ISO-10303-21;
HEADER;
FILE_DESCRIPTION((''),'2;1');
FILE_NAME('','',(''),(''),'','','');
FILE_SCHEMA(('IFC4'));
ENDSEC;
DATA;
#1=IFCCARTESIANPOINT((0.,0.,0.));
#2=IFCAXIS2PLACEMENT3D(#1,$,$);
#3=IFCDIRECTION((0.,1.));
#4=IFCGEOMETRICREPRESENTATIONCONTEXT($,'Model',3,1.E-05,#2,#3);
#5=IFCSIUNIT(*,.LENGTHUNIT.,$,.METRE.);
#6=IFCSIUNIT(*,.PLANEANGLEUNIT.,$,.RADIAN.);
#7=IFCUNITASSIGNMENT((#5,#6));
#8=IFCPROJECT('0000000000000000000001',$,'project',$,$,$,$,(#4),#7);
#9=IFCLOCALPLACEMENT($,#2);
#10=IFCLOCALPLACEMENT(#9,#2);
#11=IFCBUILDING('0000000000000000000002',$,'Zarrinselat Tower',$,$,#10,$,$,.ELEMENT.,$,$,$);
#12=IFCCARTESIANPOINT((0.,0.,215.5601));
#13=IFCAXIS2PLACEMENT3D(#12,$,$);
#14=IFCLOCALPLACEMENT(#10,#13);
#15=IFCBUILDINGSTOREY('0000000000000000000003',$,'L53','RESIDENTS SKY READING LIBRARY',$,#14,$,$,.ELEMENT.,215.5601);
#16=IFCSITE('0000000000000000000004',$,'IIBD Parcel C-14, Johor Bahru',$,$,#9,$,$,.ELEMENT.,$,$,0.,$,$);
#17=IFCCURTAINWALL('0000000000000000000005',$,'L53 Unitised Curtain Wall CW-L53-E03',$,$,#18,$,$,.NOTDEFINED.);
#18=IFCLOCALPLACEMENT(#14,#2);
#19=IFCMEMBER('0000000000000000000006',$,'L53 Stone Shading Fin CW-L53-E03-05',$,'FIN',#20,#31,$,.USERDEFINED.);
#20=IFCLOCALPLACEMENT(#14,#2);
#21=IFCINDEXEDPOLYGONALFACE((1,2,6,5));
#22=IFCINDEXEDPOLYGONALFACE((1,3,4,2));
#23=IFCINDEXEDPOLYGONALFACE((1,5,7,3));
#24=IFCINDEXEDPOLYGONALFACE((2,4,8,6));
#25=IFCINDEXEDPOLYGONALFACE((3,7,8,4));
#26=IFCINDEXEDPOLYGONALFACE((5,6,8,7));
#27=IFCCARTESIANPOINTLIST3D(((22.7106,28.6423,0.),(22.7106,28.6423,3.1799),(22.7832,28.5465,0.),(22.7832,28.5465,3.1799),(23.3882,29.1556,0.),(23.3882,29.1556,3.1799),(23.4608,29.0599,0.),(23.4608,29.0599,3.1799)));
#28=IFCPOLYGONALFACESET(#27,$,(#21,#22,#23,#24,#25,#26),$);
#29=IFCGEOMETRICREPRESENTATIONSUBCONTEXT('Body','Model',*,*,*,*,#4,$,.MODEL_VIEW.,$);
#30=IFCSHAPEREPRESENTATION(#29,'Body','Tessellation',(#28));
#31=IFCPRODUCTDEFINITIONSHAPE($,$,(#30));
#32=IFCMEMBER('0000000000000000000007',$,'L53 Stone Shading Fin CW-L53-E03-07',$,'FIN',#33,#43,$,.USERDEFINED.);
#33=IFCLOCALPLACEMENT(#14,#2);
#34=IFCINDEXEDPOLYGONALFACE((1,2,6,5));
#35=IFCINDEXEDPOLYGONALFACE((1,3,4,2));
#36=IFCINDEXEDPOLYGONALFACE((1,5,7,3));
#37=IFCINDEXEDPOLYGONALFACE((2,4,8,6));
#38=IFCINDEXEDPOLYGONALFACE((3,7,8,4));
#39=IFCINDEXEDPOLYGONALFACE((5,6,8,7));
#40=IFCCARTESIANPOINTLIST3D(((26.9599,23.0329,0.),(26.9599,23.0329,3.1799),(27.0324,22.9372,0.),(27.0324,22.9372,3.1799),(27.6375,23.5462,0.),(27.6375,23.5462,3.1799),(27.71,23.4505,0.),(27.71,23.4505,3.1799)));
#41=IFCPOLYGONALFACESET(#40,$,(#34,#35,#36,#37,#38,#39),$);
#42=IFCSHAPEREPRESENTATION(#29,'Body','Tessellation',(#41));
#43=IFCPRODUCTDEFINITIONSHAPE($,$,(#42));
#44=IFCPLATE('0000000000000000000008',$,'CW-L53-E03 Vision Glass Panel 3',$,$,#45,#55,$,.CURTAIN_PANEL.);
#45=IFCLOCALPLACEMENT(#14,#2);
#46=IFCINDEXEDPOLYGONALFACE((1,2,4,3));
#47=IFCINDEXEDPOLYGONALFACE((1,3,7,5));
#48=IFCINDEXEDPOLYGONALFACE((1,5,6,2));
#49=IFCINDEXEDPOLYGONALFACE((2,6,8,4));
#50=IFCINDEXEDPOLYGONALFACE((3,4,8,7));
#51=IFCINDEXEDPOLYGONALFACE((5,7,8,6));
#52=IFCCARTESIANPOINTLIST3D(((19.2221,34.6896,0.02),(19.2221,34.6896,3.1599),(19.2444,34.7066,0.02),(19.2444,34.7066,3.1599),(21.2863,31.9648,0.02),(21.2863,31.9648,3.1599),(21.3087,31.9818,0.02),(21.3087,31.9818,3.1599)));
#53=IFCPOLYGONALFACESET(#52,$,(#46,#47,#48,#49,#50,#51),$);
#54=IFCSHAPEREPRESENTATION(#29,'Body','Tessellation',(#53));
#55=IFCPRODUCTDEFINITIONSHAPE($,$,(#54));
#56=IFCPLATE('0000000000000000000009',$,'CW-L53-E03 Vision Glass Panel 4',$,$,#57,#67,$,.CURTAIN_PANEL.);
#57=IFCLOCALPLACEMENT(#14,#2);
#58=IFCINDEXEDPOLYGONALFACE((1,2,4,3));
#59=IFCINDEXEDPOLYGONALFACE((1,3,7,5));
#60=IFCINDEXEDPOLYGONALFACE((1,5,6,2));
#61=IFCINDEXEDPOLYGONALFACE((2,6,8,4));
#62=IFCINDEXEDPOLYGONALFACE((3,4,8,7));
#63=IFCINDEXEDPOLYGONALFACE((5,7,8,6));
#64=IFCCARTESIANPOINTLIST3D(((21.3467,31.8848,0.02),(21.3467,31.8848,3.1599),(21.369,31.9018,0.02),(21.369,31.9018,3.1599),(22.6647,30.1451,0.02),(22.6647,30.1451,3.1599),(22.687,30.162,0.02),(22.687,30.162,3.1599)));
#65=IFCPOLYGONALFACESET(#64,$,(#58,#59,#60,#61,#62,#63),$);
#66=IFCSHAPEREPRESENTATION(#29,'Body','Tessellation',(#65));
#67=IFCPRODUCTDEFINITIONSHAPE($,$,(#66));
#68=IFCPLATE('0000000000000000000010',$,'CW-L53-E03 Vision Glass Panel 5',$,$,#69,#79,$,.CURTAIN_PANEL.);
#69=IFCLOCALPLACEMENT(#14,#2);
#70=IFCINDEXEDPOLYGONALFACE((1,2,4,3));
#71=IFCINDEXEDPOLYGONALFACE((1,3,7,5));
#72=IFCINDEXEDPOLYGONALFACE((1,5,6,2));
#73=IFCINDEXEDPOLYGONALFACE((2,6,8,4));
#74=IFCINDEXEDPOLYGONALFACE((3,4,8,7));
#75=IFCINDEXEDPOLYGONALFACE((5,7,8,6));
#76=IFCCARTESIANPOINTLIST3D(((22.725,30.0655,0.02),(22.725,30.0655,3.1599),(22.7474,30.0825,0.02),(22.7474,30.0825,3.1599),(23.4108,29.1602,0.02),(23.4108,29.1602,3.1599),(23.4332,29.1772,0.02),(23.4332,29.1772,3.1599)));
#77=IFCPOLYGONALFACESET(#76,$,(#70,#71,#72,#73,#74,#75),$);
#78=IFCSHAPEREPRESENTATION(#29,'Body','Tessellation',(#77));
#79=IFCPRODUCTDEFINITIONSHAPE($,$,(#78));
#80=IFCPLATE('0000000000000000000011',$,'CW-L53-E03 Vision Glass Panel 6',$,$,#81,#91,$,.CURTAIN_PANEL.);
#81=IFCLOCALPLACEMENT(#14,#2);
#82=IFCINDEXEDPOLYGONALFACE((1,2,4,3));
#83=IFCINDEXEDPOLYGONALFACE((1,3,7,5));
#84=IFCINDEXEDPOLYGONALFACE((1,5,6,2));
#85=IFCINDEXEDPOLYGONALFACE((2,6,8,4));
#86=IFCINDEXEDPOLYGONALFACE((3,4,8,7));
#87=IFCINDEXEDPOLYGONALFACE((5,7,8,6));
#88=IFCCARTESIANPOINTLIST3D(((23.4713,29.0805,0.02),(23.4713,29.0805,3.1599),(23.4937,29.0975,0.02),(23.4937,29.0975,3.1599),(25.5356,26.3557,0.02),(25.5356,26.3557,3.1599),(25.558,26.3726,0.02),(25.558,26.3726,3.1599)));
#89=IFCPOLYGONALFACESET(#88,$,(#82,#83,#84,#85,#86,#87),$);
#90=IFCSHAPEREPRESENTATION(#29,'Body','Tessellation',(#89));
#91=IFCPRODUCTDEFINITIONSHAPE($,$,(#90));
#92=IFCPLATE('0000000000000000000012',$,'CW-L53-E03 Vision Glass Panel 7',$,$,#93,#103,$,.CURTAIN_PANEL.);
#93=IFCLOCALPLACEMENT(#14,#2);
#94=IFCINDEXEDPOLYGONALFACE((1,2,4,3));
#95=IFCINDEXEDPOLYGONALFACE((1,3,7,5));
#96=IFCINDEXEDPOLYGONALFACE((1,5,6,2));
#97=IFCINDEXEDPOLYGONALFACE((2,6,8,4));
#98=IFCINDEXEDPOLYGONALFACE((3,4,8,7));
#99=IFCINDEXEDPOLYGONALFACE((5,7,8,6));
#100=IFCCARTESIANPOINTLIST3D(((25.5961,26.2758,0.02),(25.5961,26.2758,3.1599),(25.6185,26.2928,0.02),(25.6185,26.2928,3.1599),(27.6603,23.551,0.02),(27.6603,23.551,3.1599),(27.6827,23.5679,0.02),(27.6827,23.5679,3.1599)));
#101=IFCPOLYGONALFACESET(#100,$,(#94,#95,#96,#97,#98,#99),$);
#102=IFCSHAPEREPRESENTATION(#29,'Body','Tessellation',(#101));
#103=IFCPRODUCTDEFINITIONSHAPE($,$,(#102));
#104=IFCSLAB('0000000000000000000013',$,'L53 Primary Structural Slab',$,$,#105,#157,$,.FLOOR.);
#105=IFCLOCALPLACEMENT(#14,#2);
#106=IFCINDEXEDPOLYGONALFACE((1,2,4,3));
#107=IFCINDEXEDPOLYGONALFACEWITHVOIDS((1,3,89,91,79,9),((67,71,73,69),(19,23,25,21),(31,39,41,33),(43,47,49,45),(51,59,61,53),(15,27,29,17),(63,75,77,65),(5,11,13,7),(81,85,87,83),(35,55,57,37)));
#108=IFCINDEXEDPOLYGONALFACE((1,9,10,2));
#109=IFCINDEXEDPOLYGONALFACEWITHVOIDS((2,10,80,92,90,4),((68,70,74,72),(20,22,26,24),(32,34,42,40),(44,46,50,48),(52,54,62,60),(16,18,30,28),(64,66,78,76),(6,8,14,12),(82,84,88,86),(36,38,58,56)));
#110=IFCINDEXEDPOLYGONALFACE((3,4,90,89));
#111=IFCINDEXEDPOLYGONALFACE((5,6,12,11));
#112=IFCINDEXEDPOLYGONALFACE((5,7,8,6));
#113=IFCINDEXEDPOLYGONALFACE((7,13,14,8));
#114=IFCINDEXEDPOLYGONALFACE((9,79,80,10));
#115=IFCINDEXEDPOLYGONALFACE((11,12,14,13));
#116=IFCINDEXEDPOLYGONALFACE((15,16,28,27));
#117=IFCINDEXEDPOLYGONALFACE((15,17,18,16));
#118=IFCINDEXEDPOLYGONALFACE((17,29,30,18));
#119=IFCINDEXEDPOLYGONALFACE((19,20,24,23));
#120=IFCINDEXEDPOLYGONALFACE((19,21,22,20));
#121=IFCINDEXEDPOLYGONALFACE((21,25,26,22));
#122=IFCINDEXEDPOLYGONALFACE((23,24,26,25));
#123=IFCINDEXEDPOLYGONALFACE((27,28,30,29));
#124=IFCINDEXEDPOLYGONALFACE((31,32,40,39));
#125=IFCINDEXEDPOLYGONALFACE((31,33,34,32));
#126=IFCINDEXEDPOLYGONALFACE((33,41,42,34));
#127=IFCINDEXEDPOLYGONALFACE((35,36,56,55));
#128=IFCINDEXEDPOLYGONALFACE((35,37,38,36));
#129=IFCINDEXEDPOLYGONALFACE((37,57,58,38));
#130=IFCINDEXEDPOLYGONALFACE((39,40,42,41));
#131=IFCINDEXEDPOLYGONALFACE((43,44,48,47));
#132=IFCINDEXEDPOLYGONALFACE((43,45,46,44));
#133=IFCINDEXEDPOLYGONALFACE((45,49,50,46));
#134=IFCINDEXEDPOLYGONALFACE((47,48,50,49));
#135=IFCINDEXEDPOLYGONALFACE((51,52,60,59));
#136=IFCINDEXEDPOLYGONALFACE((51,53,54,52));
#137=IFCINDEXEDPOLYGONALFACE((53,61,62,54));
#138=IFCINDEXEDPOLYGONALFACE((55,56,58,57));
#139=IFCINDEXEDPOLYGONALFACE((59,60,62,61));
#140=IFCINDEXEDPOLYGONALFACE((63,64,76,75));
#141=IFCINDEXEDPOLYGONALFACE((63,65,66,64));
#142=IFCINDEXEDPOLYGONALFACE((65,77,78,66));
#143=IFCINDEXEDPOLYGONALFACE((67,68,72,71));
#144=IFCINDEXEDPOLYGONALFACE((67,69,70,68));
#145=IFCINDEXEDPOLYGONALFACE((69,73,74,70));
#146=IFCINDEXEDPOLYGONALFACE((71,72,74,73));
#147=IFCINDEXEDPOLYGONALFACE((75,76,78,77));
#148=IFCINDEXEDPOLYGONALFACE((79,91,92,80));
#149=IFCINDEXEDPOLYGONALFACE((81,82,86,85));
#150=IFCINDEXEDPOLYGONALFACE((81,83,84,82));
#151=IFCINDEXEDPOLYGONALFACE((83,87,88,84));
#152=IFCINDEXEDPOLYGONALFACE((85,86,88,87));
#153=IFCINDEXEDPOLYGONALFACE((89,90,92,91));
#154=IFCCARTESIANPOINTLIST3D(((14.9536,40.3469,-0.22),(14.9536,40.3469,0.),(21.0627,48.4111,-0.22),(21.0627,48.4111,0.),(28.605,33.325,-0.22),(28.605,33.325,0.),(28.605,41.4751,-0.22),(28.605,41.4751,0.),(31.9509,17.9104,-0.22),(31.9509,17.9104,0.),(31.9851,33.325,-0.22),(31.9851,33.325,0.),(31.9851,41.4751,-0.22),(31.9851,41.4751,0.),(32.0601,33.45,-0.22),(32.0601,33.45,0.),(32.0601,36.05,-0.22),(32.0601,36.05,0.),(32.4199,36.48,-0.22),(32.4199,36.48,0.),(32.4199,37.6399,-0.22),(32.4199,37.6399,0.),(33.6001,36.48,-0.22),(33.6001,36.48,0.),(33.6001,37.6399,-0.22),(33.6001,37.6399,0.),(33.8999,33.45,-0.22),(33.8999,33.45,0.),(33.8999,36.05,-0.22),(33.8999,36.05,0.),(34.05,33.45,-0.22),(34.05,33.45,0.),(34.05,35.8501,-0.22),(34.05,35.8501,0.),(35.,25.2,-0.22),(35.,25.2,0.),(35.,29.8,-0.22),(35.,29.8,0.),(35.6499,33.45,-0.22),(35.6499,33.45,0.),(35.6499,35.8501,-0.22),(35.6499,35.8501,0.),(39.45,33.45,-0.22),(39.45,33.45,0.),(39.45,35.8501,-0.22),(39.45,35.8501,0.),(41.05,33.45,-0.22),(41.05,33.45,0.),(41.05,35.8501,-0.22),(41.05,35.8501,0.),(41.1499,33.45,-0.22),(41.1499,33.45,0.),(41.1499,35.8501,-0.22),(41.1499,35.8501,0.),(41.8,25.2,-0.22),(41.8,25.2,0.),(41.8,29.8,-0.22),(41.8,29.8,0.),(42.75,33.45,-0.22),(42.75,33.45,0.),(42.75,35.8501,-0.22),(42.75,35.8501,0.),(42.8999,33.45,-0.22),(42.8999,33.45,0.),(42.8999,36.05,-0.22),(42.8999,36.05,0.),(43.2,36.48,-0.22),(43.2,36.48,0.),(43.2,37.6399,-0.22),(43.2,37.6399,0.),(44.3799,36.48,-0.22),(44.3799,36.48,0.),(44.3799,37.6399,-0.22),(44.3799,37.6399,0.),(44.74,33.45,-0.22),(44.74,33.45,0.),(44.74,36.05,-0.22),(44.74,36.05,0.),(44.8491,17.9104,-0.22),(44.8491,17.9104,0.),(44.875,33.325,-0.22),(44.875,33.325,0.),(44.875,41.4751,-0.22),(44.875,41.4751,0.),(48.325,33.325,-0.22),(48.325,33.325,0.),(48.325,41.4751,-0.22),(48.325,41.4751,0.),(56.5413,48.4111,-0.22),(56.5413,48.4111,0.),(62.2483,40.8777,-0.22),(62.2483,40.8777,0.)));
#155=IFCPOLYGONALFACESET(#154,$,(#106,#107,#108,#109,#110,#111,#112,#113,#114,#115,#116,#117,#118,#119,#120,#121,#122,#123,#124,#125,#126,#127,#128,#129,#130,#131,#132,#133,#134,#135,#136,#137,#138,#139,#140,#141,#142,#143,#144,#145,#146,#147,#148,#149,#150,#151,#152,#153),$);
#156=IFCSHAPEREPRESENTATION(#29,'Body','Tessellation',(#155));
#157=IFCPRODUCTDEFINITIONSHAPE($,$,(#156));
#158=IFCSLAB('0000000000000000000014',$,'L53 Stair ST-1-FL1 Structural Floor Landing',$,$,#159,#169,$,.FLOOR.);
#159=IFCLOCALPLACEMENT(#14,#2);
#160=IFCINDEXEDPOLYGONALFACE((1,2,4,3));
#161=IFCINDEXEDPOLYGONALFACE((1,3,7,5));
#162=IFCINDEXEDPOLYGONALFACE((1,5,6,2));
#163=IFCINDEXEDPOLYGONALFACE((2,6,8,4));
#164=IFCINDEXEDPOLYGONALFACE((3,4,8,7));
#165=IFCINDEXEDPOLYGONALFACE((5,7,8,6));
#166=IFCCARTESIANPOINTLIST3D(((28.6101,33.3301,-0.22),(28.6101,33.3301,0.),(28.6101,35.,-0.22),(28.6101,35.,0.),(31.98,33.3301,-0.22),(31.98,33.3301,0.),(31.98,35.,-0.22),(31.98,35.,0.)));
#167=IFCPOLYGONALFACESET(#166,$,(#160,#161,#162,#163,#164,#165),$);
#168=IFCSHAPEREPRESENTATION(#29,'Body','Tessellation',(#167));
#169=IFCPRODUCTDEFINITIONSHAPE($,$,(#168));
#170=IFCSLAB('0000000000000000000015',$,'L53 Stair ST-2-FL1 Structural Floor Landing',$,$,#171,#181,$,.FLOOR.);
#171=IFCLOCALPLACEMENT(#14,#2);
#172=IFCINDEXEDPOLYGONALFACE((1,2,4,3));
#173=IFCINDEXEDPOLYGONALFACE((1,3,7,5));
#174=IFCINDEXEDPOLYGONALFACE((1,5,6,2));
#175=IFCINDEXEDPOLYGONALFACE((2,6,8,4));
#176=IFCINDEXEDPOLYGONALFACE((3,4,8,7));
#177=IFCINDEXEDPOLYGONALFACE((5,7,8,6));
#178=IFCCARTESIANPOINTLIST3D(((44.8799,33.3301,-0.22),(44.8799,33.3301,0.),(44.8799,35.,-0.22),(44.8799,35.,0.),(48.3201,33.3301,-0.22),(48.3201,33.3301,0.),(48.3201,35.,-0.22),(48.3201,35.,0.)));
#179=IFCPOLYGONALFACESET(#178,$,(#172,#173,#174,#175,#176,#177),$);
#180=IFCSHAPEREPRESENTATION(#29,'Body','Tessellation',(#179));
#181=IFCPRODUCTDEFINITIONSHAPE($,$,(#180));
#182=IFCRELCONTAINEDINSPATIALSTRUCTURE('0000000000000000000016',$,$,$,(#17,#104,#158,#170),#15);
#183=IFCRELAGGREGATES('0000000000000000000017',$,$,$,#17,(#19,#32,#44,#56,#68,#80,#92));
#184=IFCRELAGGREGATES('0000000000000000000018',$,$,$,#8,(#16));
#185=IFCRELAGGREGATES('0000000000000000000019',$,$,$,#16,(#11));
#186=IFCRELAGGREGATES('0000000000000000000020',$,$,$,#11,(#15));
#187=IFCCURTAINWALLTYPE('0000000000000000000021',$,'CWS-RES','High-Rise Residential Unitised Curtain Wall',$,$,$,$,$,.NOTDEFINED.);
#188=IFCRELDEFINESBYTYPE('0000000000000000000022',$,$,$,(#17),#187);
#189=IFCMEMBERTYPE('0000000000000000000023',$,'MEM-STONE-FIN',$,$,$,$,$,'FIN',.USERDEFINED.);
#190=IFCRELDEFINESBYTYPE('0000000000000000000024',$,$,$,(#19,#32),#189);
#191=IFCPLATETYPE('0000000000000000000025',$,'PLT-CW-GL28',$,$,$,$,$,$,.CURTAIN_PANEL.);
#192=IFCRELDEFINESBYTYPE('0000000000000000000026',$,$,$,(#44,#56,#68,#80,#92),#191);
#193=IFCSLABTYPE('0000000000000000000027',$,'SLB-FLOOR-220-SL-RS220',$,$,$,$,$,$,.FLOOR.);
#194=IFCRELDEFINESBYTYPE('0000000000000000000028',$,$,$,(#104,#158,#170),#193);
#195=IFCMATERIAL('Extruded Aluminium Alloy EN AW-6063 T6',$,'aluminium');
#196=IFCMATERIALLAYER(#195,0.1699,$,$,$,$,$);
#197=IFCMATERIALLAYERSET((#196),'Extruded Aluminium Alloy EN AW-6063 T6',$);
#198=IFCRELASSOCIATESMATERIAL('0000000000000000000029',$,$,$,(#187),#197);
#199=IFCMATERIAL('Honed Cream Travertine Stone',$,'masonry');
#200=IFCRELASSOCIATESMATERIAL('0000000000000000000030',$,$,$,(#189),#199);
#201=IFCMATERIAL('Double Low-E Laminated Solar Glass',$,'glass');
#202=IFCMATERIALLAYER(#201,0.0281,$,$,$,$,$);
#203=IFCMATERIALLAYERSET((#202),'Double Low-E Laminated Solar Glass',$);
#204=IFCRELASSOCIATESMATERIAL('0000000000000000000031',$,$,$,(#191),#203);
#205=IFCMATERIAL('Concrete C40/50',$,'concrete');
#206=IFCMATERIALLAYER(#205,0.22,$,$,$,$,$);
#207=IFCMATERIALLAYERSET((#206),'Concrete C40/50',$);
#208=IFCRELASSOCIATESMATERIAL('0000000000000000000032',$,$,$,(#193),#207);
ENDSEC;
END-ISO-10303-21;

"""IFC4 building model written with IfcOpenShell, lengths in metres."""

from ifc_helpers import new_model, si_unit, direction, frame, origin, origin_2d, place, context, subcontext, project, spatial, polyline, rectangle, outline, extrude, material, layer, layer_set, material_profile, profile_set, type_object, element, aggregate, save


model = new_model("IFC4")

# Units and contexts
model_context = context("Model", 3, precision=1e-05, world=origin(), true_north=direction((0.0, 1.0)))
body_context = subcontext(model_context, "Body", "Model", "MODEL_VIEW")
ifc_project = project(units=[si_unit("LENGTHUNIT", "METRE"), si_unit("PLANEANGLEUNIT", "RADIAN")], contexts=[model_context])

# Site, building, storey
site_placement = place(None, origin())
site = spatial("IfcSite", under=ifc_project, at=site_placement, Name="IIBD Parcel C-14, Johor Bahru", CompositionType="ELEMENT", RefElevation=0.0)
building_placement = place(site_placement, origin())
building = spatial("IfcBuilding", under=site, at=building_placement, Name="Zarrinselat Tower", CompositionType="ELEMENT")
storey_placement = place(building_placement, frame((0.0, 0.0, 215.5601)))
storey = spatial("IfcBuildingStorey", under=building, at=storey_placement, Name="L53", Description="RESIDENTS SKY READING LIBRARY", CompositionType="ELEMENT", Elevation=215.5601)

# Curtain wall, members, plates
ifc_material_1 = material(Name="Extruded Aluminium Alloy EN AW-6063 T6", Category="aluminium")
ifc_layer_1 = layer(ifc_material_1, 0.1699)
ifc_layer_set_1 = layer_set([ifc_layer_1], Name="Extruded Aluminium Alloy EN AW-6063 T6")
curtain_wall_type = type_object("IfcCurtainWallType", Name="CWS-RES", Description="High-Rise Residential Unitised Curtain Wall", PredefinedType="NOTDEFINED", material=ifc_layer_set_1)
curtain_wall_placement = place(storey_placement, origin())
curtain_wall = element("IfcCurtainWall", 1, at=curtain_wall_placement, inside=storey, type_object=curtain_wall_type, Name="L53 Unitised Curtain Wall CW-L53-E03", PredefinedType="NOTDEFINED")
ifc_material_2 = material(Name="Honed Cream Travertine Stone", Category="masonry")
ifc_material_profile_1 = material_profile(ifc_material_2, rectangle(XDim=0.1201, YDim=0.8501, at=origin_2d()), Name="FIN 850x120")
ifc_profile_set_1 = profile_set([ifc_material_profile_1], Name="Honed Cream Travertine Stone")
member_type_1 = type_object("IfcMemberType", Name="MEM-STONE-FIN", ElementType="FIN", PredefinedType="USERDEFINED", material=ifc_profile_set_1)
member_1_placement = place(storey_placement, frame((23.0857, 28.8511, 0.0), z_axis=(0.0, 0.0, 1.0), x_axis=(-0.603859, 0.797091, 0.0)))
member_1 = element("IfcMember", 2, at=member_1_placement, type_object=member_type_1, Name="L53 Stone Shading Fin CW-L53-E03-05", ObjectType="FIN", PredefinedType="USERDEFINED", context=body_context, shape_type="SweptSolid", body=[
    extrude(rectangle(XDim=0.1201, YDim=0.8501, at=origin_2d()), origin(), (0.0, 0.0, 1.0), 3.1799),
])
member_2_placement = place(storey_placement, frame((27.335, 23.2417, 0.0), z_axis=(0.0, 0.0, 1.0), x_axis=(-0.603859, 0.797091, 0.0)))
member_2 = element("IfcMember", 3, at=member_2_placement, type_object=member_type_1, Name="L53 Stone Shading Fin CW-L53-E03-07", ObjectType="FIN", PredefinedType="USERDEFINED", context=body_context, shape_type="SweptSolid", body=[
    extrude(rectangle(XDim=0.1201, YDim=0.8501, at=origin_2d()), origin(), (0.0, 0.0, 1.0), 3.1799),
])
ifc_material_3 = material(Name="Double Low-E Laminated Solar Glass", Category="glass")
ifc_layer_2 = layer(ifc_material_3, 0.0281)
ifc_layer_set_2 = layer_set([ifc_layer_2], Name="Double Low-E Laminated Solar Glass")
plate_type = type_object("IfcPlateType", Name="PLT-CW-GL28", PredefinedType="CURTAIN_PANEL", material=ifc_layer_set_2)
plate_1_placement = place(storey_placement, frame((20.2654, 33.3357, 0.02), z_axis=(0.0, 0.0, 1.0), x_axis=(0.603859, -0.797091, 0.0)))
plate_1 = element("IfcPlate", 4, at=plate_1_placement, type_object=plate_type, Name="CW-L53-E03 Vision Glass Panel 3", PredefinedType="CURTAIN_PANEL", context=body_context, shape_type="SweptSolid", body=[
    extrude(rectangle(XDim=3.4185, YDim=0.0281, at=origin_2d()), origin(), (0.0, 0.0, 1.0), 3.1399),
])
plate_2_placement = place(storey_placement, frame((22.0168, 31.0234, 0.02), z_axis=(0.0, 0.0, 1.0), x_axis=(0.603859, -0.797091, 0.0)))
plate_2 = element("IfcPlate", 5, at=plate_2_placement, type_object=plate_type, Name="CW-L53-E03 Vision Glass Panel 4", PredefinedType="CURTAIN_PANEL", context=body_context, shape_type="SweptSolid", body=[
    extrude(rectangle(XDim=2.1826, YDim=0.0281, at=origin_2d()), origin(), (0.0, 0.0, 1.0), 3.1399),
])
plate_3_placement = place(storey_placement, frame((23.0791, 29.6213, 0.02), z_axis=(0.0, 0.0, 1.0), x_axis=(0.603859, -0.797091, 0.0)))
plate_3 = element("IfcPlate", 6, at=plate_3_placement, type_object=plate_type, Name="CW-L53-E03 Vision Glass Panel 5", PredefinedType="CURTAIN_PANEL", context=body_context, shape_type="SweptSolid", body=[
    extrude(rectangle(XDim=1.1357, YDim=0.0281, at=origin_2d()), origin(), (0.0, 0.0, 1.0), 3.1399),
])
plate_4_placement = place(storey_placement, frame((24.5146, 27.7266, 0.02), z_axis=(0.0, 0.0, 1.0), x_axis=(0.603859, -0.797091, 0.0)))
plate_4 = element("IfcPlate", 7, at=plate_4_placement, type_object=plate_type, Name="CW-L53-E03 Vision Glass Panel 6", PredefinedType="CURTAIN_PANEL", context=body_context, shape_type="SweptSolid", body=[
    extrude(rectangle(XDim=3.4185, YDim=0.0281, at=origin_2d()), origin(), (0.0, 0.0, 1.0), 3.1399),
])
plate_5_placement = place(storey_placement, frame((26.6394, 24.9219, 0.02), z_axis=(0.0, 0.0, 1.0), x_axis=(0.603859, -0.797091, 0.0)))
plate_5 = element("IfcPlate", 8, at=plate_5_placement, type_object=plate_type, Name="CW-L53-E03 Vision Glass Panel 7", PredefinedType="CURTAIN_PANEL", context=body_context, shape_type="SweptSolid", body=[
    extrude(rectangle(XDim=3.4185, YDim=0.0281, at=origin_2d()), origin(), (0.0, 0.0, 1.0), 3.1399),
])
aggregate(curtain_wall, [member_1, member_2, plate_1, plate_2, plate_3, plate_4, plate_5])

# Slabs
ifc_material_4 = material(Name="Concrete C40/50", Category="concrete")
ifc_layer_3 = layer(ifc_material_4, 0.22)
ifc_layer_set_3 = layer_set([ifc_layer_3], Name="Concrete C40/50")
slab_type_1 = type_object("IfcSlabType", Name="SLB-FLOOR-220-SL-RS220", PredefinedType="FLOOR", material=ifc_layer_set_3)
slab_1_placement = place(storey_placement, frame((0.0, 0.0, -0.22)))
element("IfcSlab", 9, at=slab_1_placement, inside=storey, type_object=slab_type_1, Name="L53 Primary Structural Slab", PredefinedType="FLOOR", context=body_context, shape_type="SweptSolid", body=[
    extrude(outline(polyline([(56.5413, 48.4111), (21.0627, 48.4111), (14.9536, 40.3469), (31.9509, 17.9104), (44.8491, 17.9104), (62.2483, 40.8777), (56.5413, 48.4111)]), holes=[polyline([(41.8, 25.2), (35.0, 25.2), (35.0, 29.8), (41.8, 29.8), (41.8, 25.2)]), polyline([(35.6499, 33.45), (34.05, 33.45), (34.05, 35.8501), (35.6499, 35.8501), (35.6499, 33.45)]), polyline([(41.05, 33.45), (39.45, 33.45), (39.45, 35.8501), (41.05, 35.8501), (41.05, 33.45)]), polyline([(41.1499, 33.45), (41.1499, 35.8501), (42.75, 35.8501), (42.75, 33.45), (41.1499, 33.45)]), polyline([(32.0601, 33.45), (32.0601, 36.05), (33.8999, 36.05), (33.8999, 33.45), (32.0601, 33.45)]), polyline([(44.74, 33.45), (42.8999, 33.45), (42.8999, 36.05), (44.74, 36.05), (44.74, 33.45)]), polyline([(33.6001, 36.48), (32.4199, 36.48), (32.4199, 37.6399), (33.6001, 37.6399), (33.6001, 36.48)]), polyline([(44.3799, 36.48), (43.2, 36.48), (43.2, 37.6399), (44.3799, 37.6399), (44.3799, 36.48)]), polyline([(31.9851, 33.325), (28.605, 33.325), (28.605, 41.4751), (31.9851, 41.4751), (31.9851, 33.325)]), polyline([(48.325, 33.325), (44.875, 33.325), (44.875, 41.4751), (48.325, 41.4751), (48.325, 33.325)])]), origin(), (0.0, 0.0, 1.0), 0.22),
])
slab_2_placement = place(storey_placement, frame((0.0, 0.0, -0.22)))
element("IfcSlab", 10, at=slab_2_placement, inside=storey, type_object=slab_type_1, Name="L53 Stair ST-1-FL1 Structural Floor Landing", PredefinedType="FLOOR", context=body_context, shape_type="SweptSolid", body=[
    extrude(outline(polyline([(31.98, 33.3301), (31.98, 35.0), (28.6101, 35.0), (28.6101, 33.3301), (31.98, 33.3301)])), origin(), (0.0, 0.0, 1.0), 0.22),
])
slab_3_placement = place(storey_placement, frame((0.0, 0.0, -0.22)))
element("IfcSlab", 11, at=slab_3_placement, inside=storey, type_object=slab_type_1, Name="L53 Stair ST-2-FL1 Structural Floor Landing", PredefinedType="FLOOR", context=body_context, shape_type="SweptSolid", body=[
    extrude(outline(polyline([(48.3201, 33.3301), (48.3201, 35.0), (44.8799, 35.0), (44.8799, 33.3301), (48.3201, 33.3301)])), origin(), (0.0, 0.0, 1.0), 0.22),
])

save(model, "model.ifc")
